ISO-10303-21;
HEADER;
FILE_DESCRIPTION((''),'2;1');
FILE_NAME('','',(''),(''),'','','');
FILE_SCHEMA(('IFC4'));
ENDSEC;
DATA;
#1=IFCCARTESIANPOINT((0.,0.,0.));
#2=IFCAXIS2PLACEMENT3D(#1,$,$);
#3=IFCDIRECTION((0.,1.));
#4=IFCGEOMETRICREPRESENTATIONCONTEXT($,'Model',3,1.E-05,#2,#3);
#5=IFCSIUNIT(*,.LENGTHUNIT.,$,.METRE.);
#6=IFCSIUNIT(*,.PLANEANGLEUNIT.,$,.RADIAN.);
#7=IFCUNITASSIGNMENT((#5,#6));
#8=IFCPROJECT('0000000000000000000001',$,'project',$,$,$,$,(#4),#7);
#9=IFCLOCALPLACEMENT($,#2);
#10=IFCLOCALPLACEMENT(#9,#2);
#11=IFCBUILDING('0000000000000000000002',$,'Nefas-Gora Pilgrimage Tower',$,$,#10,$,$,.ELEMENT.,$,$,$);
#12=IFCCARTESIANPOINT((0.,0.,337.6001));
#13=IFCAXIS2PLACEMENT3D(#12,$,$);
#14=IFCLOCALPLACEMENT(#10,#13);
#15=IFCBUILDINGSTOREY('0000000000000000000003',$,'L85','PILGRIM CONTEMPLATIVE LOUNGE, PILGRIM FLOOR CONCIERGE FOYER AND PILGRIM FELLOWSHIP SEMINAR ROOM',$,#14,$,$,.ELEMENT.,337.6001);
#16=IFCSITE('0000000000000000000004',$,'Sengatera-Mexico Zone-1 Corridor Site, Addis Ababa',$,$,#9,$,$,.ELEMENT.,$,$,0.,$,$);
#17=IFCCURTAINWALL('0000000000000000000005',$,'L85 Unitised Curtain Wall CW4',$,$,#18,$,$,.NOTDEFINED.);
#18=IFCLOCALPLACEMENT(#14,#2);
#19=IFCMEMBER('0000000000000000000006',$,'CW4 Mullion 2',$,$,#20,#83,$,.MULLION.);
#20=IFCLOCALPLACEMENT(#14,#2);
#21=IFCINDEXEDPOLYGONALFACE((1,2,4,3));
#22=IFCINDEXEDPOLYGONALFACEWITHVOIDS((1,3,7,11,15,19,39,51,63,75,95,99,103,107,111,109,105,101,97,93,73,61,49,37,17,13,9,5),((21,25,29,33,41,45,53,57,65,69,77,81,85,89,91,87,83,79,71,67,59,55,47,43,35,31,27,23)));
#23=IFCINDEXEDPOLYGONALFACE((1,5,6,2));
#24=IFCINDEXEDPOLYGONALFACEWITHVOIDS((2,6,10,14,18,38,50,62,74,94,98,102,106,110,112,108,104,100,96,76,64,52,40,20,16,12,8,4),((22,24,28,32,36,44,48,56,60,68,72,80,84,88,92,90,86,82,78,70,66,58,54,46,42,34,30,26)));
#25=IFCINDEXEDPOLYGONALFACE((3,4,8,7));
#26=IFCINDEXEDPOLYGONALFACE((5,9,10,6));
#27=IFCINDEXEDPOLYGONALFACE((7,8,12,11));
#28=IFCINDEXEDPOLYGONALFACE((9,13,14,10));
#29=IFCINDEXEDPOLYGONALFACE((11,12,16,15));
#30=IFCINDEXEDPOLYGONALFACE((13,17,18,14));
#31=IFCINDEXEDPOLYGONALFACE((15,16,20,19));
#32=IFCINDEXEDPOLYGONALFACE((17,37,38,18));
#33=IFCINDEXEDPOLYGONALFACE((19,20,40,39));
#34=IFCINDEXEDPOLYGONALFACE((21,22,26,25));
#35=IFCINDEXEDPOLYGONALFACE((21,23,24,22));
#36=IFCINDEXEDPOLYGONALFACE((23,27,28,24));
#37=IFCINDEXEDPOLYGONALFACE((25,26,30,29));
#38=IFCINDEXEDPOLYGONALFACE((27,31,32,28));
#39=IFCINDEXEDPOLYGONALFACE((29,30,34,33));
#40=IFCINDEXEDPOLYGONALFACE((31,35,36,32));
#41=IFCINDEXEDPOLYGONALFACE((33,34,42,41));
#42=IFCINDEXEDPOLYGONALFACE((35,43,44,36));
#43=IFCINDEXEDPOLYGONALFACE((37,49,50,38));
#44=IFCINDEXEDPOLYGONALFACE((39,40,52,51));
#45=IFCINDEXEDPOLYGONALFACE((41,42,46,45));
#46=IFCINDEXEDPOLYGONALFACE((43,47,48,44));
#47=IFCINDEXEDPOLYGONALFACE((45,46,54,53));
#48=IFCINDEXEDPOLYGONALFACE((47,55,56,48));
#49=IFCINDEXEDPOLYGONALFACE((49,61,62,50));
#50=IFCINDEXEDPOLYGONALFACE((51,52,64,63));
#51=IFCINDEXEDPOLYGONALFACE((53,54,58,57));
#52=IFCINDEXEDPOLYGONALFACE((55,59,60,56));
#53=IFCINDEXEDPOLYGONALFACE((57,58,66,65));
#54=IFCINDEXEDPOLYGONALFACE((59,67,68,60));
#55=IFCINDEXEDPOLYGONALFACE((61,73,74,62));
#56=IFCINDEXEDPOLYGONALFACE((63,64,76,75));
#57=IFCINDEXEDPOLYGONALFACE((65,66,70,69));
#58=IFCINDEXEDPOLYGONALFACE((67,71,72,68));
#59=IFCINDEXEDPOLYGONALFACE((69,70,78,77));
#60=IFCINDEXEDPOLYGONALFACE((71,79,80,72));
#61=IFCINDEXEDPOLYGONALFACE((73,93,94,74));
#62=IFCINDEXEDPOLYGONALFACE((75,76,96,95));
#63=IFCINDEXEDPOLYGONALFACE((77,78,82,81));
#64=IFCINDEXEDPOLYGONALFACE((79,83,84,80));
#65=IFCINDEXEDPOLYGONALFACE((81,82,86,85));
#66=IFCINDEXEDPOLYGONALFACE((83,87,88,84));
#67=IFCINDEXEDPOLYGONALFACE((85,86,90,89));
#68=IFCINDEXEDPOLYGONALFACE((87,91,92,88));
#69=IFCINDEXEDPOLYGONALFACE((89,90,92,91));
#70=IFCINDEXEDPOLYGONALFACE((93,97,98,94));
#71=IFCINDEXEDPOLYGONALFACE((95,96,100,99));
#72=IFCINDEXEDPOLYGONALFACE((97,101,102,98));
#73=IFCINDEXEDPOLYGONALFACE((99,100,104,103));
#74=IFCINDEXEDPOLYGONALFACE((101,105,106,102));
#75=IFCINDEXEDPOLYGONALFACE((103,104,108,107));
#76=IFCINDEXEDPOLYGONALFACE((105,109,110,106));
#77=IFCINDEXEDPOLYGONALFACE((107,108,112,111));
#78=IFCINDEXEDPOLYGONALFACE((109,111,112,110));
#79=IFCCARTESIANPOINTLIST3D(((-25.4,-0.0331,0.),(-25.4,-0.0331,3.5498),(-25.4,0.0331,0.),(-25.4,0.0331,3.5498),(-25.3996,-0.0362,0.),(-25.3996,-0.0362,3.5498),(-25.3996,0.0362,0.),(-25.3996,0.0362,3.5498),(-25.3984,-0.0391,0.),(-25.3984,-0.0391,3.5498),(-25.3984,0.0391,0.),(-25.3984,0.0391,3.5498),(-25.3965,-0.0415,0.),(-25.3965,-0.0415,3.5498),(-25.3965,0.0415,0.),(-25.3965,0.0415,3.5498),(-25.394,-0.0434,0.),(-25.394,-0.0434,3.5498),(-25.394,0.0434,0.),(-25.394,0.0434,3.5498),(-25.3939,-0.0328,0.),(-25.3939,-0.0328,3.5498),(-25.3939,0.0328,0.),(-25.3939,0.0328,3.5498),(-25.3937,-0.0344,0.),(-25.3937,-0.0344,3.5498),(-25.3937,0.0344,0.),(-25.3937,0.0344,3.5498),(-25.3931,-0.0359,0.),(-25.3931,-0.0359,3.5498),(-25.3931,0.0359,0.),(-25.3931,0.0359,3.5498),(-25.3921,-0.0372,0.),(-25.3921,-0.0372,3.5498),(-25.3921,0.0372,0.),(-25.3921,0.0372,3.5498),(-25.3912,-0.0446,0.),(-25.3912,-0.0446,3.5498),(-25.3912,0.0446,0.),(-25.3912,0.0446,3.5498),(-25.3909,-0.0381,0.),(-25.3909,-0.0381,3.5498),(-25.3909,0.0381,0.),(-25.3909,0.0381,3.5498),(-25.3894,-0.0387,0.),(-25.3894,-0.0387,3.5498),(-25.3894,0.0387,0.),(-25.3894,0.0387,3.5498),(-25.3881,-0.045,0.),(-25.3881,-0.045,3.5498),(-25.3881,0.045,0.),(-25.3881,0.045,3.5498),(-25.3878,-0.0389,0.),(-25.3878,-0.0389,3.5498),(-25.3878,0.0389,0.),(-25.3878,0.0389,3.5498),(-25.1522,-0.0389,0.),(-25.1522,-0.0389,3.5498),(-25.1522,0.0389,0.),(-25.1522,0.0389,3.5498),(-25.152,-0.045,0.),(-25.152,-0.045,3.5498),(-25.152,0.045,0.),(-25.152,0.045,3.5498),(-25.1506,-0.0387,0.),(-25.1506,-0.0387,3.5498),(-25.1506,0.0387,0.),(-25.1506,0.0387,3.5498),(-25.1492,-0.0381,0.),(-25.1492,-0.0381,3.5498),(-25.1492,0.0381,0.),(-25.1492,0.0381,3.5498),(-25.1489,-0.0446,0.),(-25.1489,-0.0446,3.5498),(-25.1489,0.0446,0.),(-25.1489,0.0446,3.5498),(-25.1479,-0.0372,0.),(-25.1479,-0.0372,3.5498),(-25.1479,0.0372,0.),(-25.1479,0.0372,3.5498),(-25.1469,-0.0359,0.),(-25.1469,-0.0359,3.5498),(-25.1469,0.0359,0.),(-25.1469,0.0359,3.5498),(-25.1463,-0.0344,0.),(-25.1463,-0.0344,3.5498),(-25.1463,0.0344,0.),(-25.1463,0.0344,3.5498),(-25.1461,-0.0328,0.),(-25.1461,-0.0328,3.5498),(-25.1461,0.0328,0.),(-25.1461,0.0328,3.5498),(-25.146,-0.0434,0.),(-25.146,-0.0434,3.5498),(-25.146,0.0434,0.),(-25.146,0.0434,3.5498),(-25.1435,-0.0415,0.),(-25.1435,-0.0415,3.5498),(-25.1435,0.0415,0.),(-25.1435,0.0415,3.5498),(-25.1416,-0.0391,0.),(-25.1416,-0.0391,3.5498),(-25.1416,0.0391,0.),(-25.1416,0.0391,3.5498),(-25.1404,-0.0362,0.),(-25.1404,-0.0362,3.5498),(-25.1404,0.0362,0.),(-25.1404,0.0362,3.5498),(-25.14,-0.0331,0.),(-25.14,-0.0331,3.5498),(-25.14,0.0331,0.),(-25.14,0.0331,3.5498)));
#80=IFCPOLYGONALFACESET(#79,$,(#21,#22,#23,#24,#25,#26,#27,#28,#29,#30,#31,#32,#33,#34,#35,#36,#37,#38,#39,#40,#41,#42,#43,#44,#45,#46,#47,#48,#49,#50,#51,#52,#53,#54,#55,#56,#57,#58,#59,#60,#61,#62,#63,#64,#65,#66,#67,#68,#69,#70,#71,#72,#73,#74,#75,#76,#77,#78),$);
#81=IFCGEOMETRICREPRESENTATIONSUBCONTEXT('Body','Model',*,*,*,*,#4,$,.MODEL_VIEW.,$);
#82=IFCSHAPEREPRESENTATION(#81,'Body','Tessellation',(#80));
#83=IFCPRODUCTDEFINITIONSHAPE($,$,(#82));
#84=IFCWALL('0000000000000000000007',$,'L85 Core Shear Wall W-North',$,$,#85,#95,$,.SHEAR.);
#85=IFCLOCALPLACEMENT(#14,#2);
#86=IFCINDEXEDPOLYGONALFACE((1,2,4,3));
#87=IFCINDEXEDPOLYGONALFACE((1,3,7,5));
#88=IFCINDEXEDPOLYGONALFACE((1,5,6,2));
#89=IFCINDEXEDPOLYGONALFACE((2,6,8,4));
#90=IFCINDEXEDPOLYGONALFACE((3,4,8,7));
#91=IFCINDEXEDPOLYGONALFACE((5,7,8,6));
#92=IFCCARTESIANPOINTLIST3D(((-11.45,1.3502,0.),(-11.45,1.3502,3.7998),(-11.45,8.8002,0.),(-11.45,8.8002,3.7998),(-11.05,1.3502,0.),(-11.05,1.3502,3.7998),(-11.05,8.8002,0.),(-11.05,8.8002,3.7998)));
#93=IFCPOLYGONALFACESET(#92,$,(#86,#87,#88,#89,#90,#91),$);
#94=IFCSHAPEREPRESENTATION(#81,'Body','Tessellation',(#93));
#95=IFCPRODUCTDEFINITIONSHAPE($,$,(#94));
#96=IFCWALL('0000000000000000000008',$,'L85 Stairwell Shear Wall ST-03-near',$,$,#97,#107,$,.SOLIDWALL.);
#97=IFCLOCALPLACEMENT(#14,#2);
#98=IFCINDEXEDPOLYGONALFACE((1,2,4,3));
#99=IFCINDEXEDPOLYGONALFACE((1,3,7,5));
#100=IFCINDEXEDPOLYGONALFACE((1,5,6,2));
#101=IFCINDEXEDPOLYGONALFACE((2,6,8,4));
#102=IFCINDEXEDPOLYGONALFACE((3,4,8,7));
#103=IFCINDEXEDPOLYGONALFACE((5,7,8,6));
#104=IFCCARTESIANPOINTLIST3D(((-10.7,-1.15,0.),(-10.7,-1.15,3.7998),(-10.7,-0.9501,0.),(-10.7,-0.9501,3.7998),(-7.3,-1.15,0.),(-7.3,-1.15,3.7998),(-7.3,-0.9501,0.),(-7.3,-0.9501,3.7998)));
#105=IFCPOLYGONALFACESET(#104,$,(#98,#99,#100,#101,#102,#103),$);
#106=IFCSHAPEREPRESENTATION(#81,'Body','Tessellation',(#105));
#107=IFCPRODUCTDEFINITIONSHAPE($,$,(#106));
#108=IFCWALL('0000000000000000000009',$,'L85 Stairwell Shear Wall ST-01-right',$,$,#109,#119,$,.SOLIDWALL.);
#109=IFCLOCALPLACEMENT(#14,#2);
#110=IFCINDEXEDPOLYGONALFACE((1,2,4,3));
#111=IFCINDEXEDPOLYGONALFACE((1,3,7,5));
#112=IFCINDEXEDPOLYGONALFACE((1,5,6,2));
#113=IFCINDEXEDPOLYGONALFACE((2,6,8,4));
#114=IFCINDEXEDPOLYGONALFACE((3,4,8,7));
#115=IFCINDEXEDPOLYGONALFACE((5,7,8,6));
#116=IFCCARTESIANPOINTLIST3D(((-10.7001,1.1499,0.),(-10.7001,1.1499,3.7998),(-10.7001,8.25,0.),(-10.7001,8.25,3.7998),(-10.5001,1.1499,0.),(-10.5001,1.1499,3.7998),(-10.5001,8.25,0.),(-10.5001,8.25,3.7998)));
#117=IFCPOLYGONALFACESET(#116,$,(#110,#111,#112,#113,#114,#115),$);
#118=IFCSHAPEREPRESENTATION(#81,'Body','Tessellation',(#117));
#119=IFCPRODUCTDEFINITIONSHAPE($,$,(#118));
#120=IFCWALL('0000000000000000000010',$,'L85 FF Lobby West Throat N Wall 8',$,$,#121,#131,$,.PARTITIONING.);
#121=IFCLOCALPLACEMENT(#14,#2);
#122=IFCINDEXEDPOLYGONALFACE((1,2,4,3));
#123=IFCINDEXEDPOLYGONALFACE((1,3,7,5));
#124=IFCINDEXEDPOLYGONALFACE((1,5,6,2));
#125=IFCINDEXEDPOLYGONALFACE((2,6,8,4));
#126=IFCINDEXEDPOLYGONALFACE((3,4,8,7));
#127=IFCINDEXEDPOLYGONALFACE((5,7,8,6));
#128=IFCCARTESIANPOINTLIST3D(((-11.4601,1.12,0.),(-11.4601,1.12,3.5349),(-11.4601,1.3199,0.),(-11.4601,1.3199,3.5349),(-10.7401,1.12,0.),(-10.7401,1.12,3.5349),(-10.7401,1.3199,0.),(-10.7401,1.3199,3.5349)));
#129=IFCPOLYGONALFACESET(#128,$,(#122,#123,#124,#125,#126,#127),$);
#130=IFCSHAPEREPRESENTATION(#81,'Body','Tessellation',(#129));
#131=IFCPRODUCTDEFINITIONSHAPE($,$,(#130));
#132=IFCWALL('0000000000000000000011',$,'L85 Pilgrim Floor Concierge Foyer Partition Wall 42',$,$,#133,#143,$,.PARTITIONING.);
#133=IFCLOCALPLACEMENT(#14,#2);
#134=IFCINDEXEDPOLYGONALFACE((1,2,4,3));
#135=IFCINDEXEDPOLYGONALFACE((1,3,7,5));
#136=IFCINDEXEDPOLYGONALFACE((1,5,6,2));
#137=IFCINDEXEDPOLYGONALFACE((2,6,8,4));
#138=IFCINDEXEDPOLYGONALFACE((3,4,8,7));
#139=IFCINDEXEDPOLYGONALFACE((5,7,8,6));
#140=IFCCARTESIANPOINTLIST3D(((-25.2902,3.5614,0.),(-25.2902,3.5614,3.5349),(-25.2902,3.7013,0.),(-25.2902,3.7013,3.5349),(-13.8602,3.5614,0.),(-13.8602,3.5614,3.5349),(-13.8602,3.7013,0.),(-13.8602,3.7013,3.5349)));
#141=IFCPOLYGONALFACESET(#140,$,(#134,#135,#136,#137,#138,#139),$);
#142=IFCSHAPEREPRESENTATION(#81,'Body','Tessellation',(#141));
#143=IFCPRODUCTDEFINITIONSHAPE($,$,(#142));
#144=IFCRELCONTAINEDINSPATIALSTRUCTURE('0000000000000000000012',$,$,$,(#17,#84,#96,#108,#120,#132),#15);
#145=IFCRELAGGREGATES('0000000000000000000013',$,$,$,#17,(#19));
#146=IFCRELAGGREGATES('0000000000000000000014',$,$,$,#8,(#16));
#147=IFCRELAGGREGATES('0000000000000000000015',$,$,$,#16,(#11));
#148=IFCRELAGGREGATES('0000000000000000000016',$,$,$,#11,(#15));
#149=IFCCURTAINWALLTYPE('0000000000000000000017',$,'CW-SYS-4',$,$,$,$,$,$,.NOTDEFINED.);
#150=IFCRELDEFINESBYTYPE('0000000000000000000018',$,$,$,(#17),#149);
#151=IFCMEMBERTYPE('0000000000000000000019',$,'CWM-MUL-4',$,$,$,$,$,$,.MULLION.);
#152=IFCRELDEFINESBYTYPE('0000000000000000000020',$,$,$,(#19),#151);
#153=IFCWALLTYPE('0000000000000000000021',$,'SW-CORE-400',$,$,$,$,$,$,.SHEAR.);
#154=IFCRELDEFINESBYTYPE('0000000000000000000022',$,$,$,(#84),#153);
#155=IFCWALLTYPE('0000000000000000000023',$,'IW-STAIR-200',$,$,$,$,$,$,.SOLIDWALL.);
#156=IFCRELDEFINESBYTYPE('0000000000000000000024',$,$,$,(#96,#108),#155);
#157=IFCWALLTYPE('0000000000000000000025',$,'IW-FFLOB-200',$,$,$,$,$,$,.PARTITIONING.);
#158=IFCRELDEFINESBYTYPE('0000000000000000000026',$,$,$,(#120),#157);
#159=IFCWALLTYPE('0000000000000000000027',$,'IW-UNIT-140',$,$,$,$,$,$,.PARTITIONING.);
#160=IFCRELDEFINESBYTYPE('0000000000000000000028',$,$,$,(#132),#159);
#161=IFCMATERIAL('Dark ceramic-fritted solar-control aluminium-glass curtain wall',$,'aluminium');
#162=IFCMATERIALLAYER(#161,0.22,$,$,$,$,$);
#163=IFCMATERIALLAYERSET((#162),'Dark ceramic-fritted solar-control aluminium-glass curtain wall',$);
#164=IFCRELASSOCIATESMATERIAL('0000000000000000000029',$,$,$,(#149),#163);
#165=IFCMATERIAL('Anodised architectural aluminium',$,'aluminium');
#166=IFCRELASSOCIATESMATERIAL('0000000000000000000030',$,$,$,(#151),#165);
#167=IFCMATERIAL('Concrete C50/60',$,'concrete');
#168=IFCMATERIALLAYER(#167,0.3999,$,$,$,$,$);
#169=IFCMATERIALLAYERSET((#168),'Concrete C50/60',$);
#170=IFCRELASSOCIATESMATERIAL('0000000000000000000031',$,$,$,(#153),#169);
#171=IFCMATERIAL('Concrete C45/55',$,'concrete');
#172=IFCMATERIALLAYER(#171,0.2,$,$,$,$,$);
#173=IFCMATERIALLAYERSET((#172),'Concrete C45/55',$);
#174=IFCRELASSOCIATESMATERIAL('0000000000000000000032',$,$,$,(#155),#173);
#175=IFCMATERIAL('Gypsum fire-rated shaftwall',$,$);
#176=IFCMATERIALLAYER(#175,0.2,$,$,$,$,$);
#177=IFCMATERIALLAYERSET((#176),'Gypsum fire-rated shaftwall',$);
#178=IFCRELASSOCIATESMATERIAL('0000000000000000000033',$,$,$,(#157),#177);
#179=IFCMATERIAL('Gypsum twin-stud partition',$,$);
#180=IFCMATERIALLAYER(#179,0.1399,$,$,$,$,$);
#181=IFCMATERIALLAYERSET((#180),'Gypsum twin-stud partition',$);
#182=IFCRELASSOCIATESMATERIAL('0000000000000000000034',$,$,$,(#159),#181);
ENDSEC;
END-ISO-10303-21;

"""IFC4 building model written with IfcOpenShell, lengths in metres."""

from ifc_helpers import new_model, si_unit, direction, frame, frame_2d, origin, origin_2d, place, context, subcontext, project, spatial, rectangle, hollow_rectangle, extrude, source, transform, mapped, material, layer, layer_set, material_profile, profile_set, type_object, element, aggregate, save


model = new_model("IFC4")

# Units and contexts
model_context = context("Model", 3, precision=1e-05, world=origin(), true_north=direction((0.0, 1.0)))
body_context = subcontext(model_context, "Body", "Model", "MODEL_VIEW")
ifc_project = project(units=[si_unit("LENGTHUNIT", "METRE"), si_unit("PLANEANGLEUNIT", "RADIAN")], contexts=[model_context])

# Site, building, storey
site_placement = place(None, origin())
site = spatial("IfcSite", under=ifc_project, at=site_placement, Name="Sengatera-Mexico Zone-1 Corridor Site, Addis Ababa", CompositionType="ELEMENT", RefElevation=0.0)
building_placement = place(site_placement, origin())
building = spatial("IfcBuilding", under=site, at=building_placement, Name="Nefas-Gora Pilgrimage Tower", CompositionType="ELEMENT")
storey_placement = place(building_placement, frame((0.0, 0.0, 337.6001)))
storey = spatial("IfcBuildingStorey", under=building, at=storey_placement, Name="L85", Description="PILGRIM CONTEMPLATIVE LOUNGE, PILGRIM FLOOR CONCIERGE FOYER AND PILGRIM FELLOWSHIP SEMINAR ROOM", CompositionType="ELEMENT", Elevation=337.6001)

# Curtain wall, member
ifc_material_1 = material(Name="Dark ceramic-fritted solar-control aluminium-glass curtain wall", Category="aluminium")
ifc_layer_1 = layer(ifc_material_1, 0.22)
ifc_layer_set_1 = layer_set([ifc_layer_1], Name="Dark ceramic-fritted solar-control aluminium-glass curtain wall")
curtain_wall_type = type_object("IfcCurtainWallType", Name="CW-SYS-4", PredefinedType="NOTDEFINED", material=ifc_layer_set_1)
curtain_wall_placement = place(storey_placement, origin())
curtain_wall = element("IfcCurtainWall", 1, at=curtain_wall_placement, inside=storey, type_object=curtain_wall_type, Name="L85 Unitised Curtain Wall CW4", PredefinedType="NOTDEFINED")
ifc_material_2 = material(Name="Anodised architectural aluminium", Category="aluminium")
ifc_material_profile_1 = material_profile(ifc_material_2, hollow_rectangle(XDim=0.0901, YDim=0.26, WallThickness=0.0061, InnerFilletRadius=0.0061, OuterFilletRadius=0.012, at=origin_2d()), Name="ALU MULLION 90x260")
ifc_profile_set_1 = profile_set([ifc_material_profile_1], Name="Anodised architectural aluminium")
member_type = type_object("IfcMemberType", Name="CWM-MUL-4", PredefinedType="MULLION", material=ifc_profile_set_1)
shared_shape_1 = source(origin(), body_context, "Body", "SweptSolid", [
    extrude(hollow_rectangle(XDim=0.0901, YDim=0.26, WallThickness=0.0061, InnerFilletRadius=0.0061, OuterFilletRadius=0.012, at=origin_2d()), origin(), (0.0, 0.0, 1.0), 3.5498),
])
member_placement = place(storey_placement, frame((-25.27, 0.0, 0.0), z_axis=(0.0, 0.0, 1.0), x_axis=(0.0, -1.0, 0.0)))
member = element("IfcMember", 2, at=member_placement, type_object=member_type, Name="CW4 Mullion 2", PredefinedType="MULLION", context=body_context, shape_type="MappedRepresentation", body=[
    mapped(shared_shape_1, transform((0.0, 0.0, 0.0), x_axis=(1.0, 0.0, 0.0), y_axis=(0.0, 1.0, 0.0), z_axis=(0.0, 0.0, 1.0), scale=1.0)),
])
aggregate(curtain_wall, [member])

# Walls
ifc_material_3 = material(Name="Concrete C50/60", Category="concrete")
ifc_layer_2 = layer(ifc_material_3, 0.3999)
ifc_layer_set_2 = layer_set([ifc_layer_2], Name="Concrete C50/60")
wall_type_1 = type_object("IfcWallType", Name="SW-CORE-400", PredefinedType="SHEAR", material=ifc_layer_set_2)
shared_shape_2 = source(origin(), body_context, "Body", "SweptSolid", [
    extrude(rectangle(XDim=7.45, YDim=0.3999, at=frame_2d((3.7251, 0.0))), origin(), (0.0, 0.0, 1.0), 3.7998),
])
wall_1_placement = place(storey_placement, frame((-11.25, 1.3501, 0.0), z_axis=(0.0, 0.0, 1.0), x_axis=(0.0, 1.0, 0.0)))
element("IfcWall", 3, at=wall_1_placement, inside=storey, type_object=wall_type_1, Name="L85 Core Shear Wall W-North", PredefinedType="SHEAR", context=body_context, shape_type="MappedRepresentation", body=[
    mapped(shared_shape_2, transform((0.0, 0.0, 0.0), x_axis=(1.0, 0.0, 0.0), y_axis=(0.0, 1.0, 0.0), z_axis=(0.0, 0.0, 1.0), scale=1.0)),
])
ifc_material_4 = material(Name="Concrete C45/55", Category="concrete")
ifc_layer_3 = layer(ifc_material_4, 0.2)
ifc_layer_set_3 = layer_set([ifc_layer_3], Name="Concrete C45/55")
wall_type_2 = type_object("IfcWallType", Name="IW-STAIR-200", PredefinedType="SOLIDWALL", material=ifc_layer_set_3)
shared_shape_3 = source(origin(), body_context, "Body", "SweptSolid", [
    extrude(rectangle(XDim=3.3999, YDim=0.2, at=frame_2d((1.7, 0.0))), origin(), (0.0, 0.0, 1.0), 3.7998),
])
wall_2_placement = place(storey_placement, frame((-10.7, -1.05, 0.0), z_axis=(0.0, 0.0, 1.0), x_axis=(1.0, 0.0, 0.0)))
element("IfcWall", 4, at=wall_2_placement, inside=storey, type_object=wall_type_2, Name="L85 Stairwell Shear Wall ST-03-near", PredefinedType="SOLIDWALL", context=body_context, shape_type="MappedRepresentation", body=[
    mapped(shared_shape_3, transform((0.0, 0.0, 0.0), x_axis=(1.0, 0.0, 0.0), y_axis=(0.0, 1.0, 0.0), z_axis=(0.0, 0.0, 1.0), scale=1.0)),
])
shared_shape_4 = source(origin(), body_context, "Body", "SweptSolid", [
    extrude(rectangle(XDim=7.1001, YDim=0.2, at=frame_2d((3.55, 0.0))), origin(), (0.0, 0.0, 1.0), 3.7998),
])
wall_3_placement = place(storey_placement, frame((-10.6001, 1.1499, 0.0), z_axis=(0.0, 0.0, 1.0), x_axis=(0.0, 1.0, 0.0)))
element("IfcWall", 5, at=wall_3_placement, inside=storey, type_object=wall_type_2, Name="L85 Stairwell Shear Wall ST-01-right", PredefinedType="SOLIDWALL", context=body_context, shape_type="MappedRepresentation", body=[
    mapped(shared_shape_4, transform((0.0, 0.0, 0.0), x_axis=(1.0, 0.0, 0.0), y_axis=(0.0, 1.0, 0.0), z_axis=(0.0, 0.0, 1.0), scale=1.0)),
])
ifc_material_5 = material(Name="Gypsum fire-rated shaftwall")
ifc_layer_4 = layer(ifc_material_5, 0.2)
ifc_layer_set_4 = layer_set([ifc_layer_4], Name="Gypsum fire-rated shaftwall")
wall_type_3 = type_object("IfcWallType", Name="IW-FFLOB-200", PredefinedType="PARTITIONING", material=ifc_layer_set_4)
shared_shape_5 = source(origin(), body_context, "Body", "SweptSolid", [
    extrude(rectangle(XDim=0.72, YDim=0.2, at=frame_2d((0.3599, 0.0))), origin(), (0.0, 0.0, 1.0), 3.5349),
])
wall_4_placement = place(storey_placement, frame((-11.46, 1.22, 0.0), z_axis=(0.0, 0.0, 1.0), x_axis=(1.0, 0.0, 0.0)))
element("IfcWall", 6, at=wall_4_placement, inside=storey, type_object=wall_type_3, Name="L85 FF Lobby West Throat N Wall 8", PredefinedType="PARTITIONING", context=body_context, shape_type="MappedRepresentation", body=[
    mapped(shared_shape_5, transform((0.0, 0.0, 0.0), x_axis=(1.0, 0.0, 0.0), y_axis=(0.0, 1.0, 0.0), z_axis=(0.0, 0.0, 1.0), scale=1.0)),
])
ifc_material_6 = material(Name="Gypsum twin-stud partition")
ifc_layer_5 = layer(ifc_material_6, 0.1399)
ifc_layer_set_5 = layer_set([ifc_layer_5], Name="Gypsum twin-stud partition")
wall_type_4 = type_object("IfcWallType", Name="IW-UNIT-140", PredefinedType="PARTITIONING", material=ifc_layer_set_5)
shared_shape_6 = source(origin(), body_context, "Body", "SweptSolid", [
    extrude(rectangle(XDim=11.4299, YDim=0.1399, at=frame_2d((5.7148, 0.0))), origin(), (0.0, 0.0, 1.0), 3.5349),
])
wall_5_placement = place(storey_placement, frame((-25.29, 3.6313, 0.0), z_axis=(0.0, 0.0, 1.0), x_axis=(1.0, 0.0, 0.0)))
element("IfcWall", 7, at=wall_5_placement, inside=storey, type_object=wall_type_4, Name="L85 Pilgrim Floor Concierge Foyer Partition Wall 42", PredefinedType="PARTITIONING", context=body_context, shape_type="MappedRepresentation", body=[
    mapped(shared_shape_6, transform((0.0, 0.0, 0.0), x_axis=(1.0, 0.0, 0.0), y_axis=(0.0, 1.0, 0.0), z_axis=(0.0, 0.0, 1.0), scale=1.0)),
])

save(model, "model.ifc")
